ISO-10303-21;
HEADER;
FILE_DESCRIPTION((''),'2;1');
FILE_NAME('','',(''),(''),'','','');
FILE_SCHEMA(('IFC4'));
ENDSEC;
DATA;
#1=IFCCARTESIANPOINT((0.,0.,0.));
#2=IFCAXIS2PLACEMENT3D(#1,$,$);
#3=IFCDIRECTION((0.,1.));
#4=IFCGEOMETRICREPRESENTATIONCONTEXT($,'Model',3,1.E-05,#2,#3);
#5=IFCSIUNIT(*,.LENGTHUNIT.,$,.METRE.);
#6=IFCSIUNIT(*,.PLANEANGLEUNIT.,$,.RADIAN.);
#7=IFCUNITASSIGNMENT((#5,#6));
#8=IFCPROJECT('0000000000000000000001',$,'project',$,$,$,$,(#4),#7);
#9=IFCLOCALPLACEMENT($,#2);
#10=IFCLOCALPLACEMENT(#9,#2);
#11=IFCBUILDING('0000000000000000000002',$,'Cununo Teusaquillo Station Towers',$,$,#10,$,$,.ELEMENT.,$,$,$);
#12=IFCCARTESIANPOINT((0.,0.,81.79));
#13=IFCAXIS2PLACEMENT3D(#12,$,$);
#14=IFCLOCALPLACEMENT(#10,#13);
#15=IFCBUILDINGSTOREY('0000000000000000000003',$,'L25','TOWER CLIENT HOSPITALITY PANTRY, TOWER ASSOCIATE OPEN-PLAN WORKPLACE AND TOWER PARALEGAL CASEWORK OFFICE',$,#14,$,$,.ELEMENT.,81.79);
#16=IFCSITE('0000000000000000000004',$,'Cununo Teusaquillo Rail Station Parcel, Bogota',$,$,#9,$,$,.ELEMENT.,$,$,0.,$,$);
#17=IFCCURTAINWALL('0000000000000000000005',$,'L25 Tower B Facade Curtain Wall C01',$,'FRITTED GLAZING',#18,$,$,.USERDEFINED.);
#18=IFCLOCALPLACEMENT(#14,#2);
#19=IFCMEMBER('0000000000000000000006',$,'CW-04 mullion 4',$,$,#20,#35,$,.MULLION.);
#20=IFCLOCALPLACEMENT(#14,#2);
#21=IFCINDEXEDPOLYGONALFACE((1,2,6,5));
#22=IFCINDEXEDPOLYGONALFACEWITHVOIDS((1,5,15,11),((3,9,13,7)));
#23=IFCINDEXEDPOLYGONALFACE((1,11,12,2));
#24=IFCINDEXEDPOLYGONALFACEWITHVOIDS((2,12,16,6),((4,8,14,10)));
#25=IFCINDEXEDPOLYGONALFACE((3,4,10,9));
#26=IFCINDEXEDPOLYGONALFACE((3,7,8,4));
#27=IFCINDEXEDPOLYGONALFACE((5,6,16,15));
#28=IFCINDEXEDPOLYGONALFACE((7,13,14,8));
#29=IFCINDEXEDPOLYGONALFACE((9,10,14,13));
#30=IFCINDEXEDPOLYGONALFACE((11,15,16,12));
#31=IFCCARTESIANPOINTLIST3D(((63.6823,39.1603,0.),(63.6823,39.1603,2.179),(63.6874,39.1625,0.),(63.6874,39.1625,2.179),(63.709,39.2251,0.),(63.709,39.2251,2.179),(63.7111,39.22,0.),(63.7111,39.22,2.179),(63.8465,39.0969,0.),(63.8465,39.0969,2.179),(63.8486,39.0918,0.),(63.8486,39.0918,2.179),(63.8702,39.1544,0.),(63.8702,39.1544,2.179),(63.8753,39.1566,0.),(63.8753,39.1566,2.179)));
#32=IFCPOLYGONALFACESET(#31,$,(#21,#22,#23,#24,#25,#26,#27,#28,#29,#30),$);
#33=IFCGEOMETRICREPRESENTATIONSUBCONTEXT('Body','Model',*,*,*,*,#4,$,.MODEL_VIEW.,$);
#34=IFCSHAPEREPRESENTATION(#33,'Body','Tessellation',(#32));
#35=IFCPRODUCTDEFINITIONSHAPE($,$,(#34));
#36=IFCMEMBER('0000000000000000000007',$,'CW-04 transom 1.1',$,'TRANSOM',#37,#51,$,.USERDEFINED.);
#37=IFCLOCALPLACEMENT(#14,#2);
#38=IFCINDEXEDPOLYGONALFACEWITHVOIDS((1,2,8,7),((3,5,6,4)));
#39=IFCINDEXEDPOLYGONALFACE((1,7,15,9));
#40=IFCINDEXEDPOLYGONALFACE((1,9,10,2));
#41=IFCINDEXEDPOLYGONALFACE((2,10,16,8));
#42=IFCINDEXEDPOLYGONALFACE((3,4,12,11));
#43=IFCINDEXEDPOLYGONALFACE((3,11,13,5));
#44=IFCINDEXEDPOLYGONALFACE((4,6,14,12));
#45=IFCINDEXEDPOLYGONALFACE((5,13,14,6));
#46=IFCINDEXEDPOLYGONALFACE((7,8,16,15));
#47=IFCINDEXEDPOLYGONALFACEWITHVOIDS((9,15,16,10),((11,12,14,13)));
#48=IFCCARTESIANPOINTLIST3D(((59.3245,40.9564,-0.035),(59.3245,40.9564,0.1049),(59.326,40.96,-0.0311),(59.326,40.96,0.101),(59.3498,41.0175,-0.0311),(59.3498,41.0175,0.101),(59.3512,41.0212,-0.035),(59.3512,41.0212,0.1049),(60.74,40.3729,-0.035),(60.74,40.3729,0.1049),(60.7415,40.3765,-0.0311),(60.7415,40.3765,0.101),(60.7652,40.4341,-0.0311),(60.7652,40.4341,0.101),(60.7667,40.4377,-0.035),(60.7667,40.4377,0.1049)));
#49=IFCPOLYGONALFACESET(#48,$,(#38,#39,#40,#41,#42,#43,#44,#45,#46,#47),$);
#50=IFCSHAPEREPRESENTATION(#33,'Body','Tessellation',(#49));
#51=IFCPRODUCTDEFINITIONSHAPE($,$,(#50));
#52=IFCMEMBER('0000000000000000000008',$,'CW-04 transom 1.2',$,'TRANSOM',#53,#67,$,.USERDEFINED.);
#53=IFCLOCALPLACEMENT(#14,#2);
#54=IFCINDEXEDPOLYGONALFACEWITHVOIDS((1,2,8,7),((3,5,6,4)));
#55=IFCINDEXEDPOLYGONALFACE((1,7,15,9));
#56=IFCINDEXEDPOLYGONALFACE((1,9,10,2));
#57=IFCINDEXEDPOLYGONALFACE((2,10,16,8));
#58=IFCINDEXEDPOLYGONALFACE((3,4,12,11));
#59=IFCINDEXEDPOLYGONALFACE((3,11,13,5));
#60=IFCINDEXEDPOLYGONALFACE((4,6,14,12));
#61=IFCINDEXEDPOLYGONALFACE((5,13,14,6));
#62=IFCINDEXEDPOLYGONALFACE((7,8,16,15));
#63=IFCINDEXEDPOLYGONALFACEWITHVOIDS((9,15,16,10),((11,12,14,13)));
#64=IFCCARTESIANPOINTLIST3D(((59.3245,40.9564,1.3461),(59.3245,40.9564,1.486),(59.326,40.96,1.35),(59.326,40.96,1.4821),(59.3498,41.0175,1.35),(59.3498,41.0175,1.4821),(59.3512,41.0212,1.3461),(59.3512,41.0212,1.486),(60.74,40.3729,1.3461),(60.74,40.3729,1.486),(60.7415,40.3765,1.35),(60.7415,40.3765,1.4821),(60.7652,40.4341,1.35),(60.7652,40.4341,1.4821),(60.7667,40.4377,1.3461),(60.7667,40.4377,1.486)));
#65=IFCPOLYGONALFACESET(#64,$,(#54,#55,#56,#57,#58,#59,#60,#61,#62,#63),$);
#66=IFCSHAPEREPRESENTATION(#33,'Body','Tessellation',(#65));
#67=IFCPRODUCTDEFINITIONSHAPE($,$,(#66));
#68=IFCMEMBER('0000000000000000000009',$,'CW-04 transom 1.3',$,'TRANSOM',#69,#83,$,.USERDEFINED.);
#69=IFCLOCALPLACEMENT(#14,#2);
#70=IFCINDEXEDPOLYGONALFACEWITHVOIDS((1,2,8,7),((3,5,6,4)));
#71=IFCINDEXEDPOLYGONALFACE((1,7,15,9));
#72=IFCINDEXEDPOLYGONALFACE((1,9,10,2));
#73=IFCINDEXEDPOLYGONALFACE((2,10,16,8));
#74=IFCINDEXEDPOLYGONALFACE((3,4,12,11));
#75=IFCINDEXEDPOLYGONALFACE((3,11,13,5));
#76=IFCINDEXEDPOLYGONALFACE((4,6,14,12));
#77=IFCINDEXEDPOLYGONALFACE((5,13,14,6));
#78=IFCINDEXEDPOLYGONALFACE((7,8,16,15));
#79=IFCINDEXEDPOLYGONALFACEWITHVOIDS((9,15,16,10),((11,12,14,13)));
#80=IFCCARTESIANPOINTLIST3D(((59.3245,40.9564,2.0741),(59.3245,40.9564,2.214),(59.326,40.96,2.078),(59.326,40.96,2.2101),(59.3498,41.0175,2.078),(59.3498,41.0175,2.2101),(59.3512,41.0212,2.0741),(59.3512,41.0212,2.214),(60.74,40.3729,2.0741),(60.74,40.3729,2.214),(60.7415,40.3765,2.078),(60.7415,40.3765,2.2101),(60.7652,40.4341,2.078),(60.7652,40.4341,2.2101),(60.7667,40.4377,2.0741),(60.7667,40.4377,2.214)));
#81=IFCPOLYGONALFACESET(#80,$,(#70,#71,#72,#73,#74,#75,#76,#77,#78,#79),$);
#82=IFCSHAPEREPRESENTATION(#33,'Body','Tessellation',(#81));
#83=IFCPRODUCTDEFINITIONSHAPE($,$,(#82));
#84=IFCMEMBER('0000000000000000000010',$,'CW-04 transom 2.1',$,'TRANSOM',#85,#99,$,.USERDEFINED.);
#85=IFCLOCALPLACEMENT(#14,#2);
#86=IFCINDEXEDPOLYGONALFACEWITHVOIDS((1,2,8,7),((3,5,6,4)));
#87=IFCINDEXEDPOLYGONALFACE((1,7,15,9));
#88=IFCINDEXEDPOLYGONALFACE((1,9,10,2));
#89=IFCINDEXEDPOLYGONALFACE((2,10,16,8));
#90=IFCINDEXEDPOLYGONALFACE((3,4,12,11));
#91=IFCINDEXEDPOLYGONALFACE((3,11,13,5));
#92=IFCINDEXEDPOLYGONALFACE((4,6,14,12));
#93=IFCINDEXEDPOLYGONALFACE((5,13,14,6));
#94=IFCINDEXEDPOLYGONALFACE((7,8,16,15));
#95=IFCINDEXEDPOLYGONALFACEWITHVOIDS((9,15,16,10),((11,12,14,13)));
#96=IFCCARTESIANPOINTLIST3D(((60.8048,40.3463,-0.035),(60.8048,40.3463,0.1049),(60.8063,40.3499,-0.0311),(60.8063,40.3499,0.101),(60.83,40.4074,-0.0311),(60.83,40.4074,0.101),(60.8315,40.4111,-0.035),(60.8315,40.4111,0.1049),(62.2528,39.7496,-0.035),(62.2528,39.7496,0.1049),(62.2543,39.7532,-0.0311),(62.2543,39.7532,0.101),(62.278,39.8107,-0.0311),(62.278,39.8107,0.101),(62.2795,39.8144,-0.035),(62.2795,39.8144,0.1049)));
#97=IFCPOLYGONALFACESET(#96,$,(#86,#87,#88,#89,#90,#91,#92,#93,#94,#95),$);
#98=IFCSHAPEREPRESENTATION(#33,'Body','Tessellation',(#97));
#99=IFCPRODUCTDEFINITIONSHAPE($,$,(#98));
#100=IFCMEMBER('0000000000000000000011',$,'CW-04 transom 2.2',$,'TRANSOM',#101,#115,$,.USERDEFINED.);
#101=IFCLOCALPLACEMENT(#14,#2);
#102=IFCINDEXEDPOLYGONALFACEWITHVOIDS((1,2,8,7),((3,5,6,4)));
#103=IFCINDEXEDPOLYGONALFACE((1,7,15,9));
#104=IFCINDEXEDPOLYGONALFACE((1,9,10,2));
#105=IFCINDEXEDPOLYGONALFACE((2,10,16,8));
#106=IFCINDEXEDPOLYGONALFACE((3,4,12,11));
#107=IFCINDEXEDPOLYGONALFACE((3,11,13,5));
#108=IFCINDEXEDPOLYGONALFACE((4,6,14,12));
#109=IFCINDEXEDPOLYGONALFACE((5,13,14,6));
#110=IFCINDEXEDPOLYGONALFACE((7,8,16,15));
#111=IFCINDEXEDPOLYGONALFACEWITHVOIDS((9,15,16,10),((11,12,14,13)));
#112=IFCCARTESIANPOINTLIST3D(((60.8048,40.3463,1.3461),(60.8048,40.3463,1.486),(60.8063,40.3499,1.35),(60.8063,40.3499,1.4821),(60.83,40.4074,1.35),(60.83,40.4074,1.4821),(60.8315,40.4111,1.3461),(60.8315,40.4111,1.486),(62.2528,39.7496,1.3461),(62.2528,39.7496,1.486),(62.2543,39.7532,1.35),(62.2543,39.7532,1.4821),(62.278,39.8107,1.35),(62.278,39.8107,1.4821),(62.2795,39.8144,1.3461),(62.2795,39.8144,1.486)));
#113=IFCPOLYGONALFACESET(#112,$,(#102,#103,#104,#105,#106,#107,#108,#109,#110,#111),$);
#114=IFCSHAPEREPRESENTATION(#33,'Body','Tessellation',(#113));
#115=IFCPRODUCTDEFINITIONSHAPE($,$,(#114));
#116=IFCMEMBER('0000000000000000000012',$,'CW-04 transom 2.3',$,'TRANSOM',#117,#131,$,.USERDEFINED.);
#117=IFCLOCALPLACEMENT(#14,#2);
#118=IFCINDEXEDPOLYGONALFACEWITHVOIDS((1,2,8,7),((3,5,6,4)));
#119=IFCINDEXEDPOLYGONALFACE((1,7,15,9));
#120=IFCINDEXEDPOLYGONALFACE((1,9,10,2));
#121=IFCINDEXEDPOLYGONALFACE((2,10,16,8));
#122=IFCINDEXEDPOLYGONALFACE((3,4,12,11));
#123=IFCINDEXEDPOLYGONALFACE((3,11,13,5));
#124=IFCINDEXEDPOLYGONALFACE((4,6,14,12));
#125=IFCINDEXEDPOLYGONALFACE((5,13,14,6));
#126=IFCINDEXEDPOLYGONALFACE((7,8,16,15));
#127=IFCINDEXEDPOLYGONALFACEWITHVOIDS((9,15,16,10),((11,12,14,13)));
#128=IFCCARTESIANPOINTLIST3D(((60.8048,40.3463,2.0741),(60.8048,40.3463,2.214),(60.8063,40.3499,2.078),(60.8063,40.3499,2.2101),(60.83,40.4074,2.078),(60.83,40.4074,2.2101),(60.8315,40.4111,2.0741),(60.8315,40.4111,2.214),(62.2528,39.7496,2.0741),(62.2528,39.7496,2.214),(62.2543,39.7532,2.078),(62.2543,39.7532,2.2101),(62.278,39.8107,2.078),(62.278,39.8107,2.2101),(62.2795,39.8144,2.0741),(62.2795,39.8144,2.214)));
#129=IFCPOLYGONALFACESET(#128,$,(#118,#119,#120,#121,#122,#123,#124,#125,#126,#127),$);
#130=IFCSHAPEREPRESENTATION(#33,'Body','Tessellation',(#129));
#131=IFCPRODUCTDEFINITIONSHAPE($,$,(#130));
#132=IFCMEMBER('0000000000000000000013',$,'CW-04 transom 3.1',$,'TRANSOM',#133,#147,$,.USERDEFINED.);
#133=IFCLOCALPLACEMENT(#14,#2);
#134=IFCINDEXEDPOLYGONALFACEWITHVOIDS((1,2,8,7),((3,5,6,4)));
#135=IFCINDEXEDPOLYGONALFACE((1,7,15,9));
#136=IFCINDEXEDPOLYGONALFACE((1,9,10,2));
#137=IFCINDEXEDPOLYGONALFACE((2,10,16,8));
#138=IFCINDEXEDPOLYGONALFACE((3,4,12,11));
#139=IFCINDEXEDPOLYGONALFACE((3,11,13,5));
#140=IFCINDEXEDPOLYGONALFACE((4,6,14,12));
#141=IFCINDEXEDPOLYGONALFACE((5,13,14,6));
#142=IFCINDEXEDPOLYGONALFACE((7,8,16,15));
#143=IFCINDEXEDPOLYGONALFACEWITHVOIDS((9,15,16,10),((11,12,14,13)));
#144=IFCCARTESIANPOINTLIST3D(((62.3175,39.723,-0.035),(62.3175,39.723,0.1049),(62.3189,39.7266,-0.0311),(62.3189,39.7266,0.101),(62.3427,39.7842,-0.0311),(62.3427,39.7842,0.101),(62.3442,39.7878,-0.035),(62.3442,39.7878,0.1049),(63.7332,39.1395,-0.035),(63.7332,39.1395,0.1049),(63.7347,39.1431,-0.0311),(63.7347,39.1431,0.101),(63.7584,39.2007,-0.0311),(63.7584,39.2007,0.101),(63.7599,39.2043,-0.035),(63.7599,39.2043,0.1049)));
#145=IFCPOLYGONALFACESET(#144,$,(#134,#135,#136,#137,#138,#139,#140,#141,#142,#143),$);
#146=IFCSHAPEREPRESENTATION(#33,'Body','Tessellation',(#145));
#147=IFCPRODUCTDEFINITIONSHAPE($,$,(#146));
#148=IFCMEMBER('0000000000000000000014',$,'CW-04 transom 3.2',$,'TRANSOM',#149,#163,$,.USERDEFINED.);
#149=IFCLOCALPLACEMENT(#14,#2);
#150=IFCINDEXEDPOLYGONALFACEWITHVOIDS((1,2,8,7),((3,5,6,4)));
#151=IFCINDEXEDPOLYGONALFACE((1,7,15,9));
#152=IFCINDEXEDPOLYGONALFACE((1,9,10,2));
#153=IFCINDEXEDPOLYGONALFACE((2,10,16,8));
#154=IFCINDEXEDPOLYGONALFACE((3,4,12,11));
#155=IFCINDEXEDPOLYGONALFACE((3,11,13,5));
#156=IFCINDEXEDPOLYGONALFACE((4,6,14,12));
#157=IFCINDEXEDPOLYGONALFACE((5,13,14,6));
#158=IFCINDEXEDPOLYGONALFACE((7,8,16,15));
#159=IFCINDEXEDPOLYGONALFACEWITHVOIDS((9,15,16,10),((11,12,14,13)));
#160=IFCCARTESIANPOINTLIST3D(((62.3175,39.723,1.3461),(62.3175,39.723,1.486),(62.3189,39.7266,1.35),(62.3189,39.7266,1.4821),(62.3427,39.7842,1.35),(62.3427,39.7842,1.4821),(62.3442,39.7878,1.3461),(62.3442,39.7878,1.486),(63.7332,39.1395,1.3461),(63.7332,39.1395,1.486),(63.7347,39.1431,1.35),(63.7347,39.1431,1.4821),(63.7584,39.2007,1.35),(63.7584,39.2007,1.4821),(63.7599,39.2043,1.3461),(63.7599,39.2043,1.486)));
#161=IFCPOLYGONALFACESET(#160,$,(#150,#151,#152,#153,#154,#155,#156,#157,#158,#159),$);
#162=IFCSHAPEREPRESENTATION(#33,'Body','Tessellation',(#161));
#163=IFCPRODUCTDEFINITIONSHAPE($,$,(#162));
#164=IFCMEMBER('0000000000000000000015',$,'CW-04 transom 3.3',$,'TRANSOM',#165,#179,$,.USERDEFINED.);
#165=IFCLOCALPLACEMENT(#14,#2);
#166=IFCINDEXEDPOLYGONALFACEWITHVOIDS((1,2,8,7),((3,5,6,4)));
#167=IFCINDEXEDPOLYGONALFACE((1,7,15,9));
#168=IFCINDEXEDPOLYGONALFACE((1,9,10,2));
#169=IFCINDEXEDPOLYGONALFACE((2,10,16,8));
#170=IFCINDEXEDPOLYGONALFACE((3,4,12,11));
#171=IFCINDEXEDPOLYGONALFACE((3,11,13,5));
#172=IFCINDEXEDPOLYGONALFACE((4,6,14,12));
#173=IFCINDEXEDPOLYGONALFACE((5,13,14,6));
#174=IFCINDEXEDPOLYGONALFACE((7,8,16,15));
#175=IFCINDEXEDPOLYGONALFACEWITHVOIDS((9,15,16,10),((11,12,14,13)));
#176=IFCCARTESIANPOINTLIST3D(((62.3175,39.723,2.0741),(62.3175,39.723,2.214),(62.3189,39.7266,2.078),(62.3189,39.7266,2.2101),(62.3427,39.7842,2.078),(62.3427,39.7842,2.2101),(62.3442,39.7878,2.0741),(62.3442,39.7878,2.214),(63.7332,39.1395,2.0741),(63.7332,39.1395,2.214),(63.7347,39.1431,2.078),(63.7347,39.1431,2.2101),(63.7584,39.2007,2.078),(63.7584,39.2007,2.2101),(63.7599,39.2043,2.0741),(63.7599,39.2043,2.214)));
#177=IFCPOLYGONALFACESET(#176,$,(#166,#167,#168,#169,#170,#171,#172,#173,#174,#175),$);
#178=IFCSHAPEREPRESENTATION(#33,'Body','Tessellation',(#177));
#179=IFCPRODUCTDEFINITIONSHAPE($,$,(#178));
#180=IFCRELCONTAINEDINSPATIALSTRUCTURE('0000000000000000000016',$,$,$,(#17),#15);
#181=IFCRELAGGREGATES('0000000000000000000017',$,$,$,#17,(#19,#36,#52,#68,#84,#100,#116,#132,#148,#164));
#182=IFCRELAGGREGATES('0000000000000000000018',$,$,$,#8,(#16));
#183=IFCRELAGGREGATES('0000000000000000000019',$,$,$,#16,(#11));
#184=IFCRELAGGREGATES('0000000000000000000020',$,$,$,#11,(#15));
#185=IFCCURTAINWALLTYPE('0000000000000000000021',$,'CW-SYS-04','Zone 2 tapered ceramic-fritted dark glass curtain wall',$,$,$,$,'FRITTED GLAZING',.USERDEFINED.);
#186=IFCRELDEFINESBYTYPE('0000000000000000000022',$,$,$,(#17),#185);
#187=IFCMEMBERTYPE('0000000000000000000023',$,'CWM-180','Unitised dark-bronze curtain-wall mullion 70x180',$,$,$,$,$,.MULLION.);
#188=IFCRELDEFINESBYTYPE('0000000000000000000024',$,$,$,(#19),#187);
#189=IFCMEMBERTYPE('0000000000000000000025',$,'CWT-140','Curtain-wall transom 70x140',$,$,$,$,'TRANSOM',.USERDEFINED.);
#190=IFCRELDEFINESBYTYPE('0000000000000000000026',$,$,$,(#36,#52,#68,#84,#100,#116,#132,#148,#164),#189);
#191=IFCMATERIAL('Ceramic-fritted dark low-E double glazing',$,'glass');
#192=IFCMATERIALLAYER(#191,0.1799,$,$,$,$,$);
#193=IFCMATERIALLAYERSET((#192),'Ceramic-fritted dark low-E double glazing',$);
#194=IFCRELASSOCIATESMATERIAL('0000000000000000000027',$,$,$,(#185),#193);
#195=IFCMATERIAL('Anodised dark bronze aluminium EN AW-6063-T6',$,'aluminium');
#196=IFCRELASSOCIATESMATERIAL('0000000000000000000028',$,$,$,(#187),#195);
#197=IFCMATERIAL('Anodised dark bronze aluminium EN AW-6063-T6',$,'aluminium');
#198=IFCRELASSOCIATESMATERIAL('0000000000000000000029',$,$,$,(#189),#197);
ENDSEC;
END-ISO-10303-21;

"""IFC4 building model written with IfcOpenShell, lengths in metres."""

from ifc_helpers import new_model, si_unit, direction, frame, origin, origin_2d, place, context, subcontext, project, spatial, hollow_rectangle, extrude, material, layer, layer_set, material_profile, profile_set, type_object, element, aggregate, save


model = new_model("IFC4")

# Units and contexts
model_context = context("Model", 3, precision=1e-05, world=origin(), true_north=direction((0.0, 1.0)))
body_context = subcontext(model_context, "Body", "Model", "MODEL_VIEW")
ifc_project = project(units=[si_unit("LENGTHUNIT", "METRE"), si_unit("PLANEANGLEUNIT", "RADIAN")], contexts=[model_context])

# Site, building, storey
site_placement = place(None, origin())
site = spatial("IfcSite", under=ifc_project, at=site_placement, Name="Cununo Teusaquillo Rail Station Parcel, Bogota", CompositionType="ELEMENT", RefElevation=0.0)
building_placement = place(site_placement, origin())
building = spatial("IfcBuilding", under=site, at=building_placement, Name="Cununo Teusaquillo Station Towers", CompositionType="ELEMENT")
storey_placement = place(building_placement, frame((0.0, 0.0, 81.79)))
storey = spatial("IfcBuildingStorey", under=building, at=storey_placement, Name="L25", Description="TOWER CLIENT HOSPITALITY PANTRY, TOWER ASSOCIATE OPEN-PLAN WORKPLACE AND TOWER PARALEGAL CASEWORK OFFICE", CompositionType="ELEMENT", Elevation=81.79)

# Curtain wall, members
ifc_material_1 = material(Name="Ceramic-fritted dark low-E double glazing", Category="glass")
ifc_layer_1 = layer(ifc_material_1, 0.1799)
ifc_layer_set_1 = layer_set([ifc_layer_1], Name="Ceramic-fritted dark low-E double glazing")
curtain_wall_type = type_object("IfcCurtainWallType", Name="CW-SYS-04", Description="Zone 2 tapered ceramic-fritted dark glass curtain wall", ElementType="FRITTED GLAZING", PredefinedType="USERDEFINED", material=ifc_layer_set_1)
curtain_wall_placement = place(storey_placement, origin())
curtain_wall = element("IfcCurtainWall", 1, at=curtain_wall_placement, inside=storey, type_object=curtain_wall_type, Name="L25 Tower B Facade Curtain Wall C01", ObjectType="FRITTED GLAZING", PredefinedType="USERDEFINED")
ifc_material_2 = material(Name="Anodised dark bronze aluminium EN AW-6063-T6", Category="aluminium")
ifc_material_profile_1 = material_profile(ifc_material_2, hollow_rectangle(XDim=0.0701, YDim=0.1799, WallThickness=0.0039, at=origin_2d()), Name="CW-MULL-70x180")
ifc_profile_set_1 = profile_set([ifc_material_profile_1], Name="Anodised dark bronze aluminium EN AW-6063-T6")
member_type_1 = type_object("IfcMemberType", Name="CWM-180", Description="Unitised dark-bronze curtain-wall mullion 70x180", PredefinedType="MULLION", material=ifc_profile_set_1)
member_1_placement = place(storey_placement, frame((63.7788, 39.1584, 0.0), z_axis=(0.0, 0.0, 1.0), x_axis=(0.381031, 0.924562, 0.0)))
member_1 = element("IfcMember", 2, at=member_1_placement, type_object=member_type_1, Name="CW-04 mullion 4", PredefinedType="MULLION", context=body_context, shape_type="SweptSolid", body=[
    extrude(hollow_rectangle(XDim=0.0701, YDim=0.1799, WallThickness=0.0039, at=origin_2d()), origin(), (0.0, 0.0, 1.0), 2.179),
])
ifc_material_3 = material(Name="Anodised dark bronze aluminium EN AW-6063-T6", Category="aluminium")
ifc_material_profile_2 = material_profile(ifc_material_3, hollow_rectangle(XDim=0.0701, YDim=0.1399, WallThickness=0.0039, at=origin_2d()), Name="CW-TRAN-70x140")
ifc_profile_set_2 = profile_set([ifc_material_profile_2], Name="Anodised dark bronze aluminium EN AW-6063-T6")
member_type_2 = type_object("IfcMemberType", Name="CWT-140", Description="Curtain-wall transom 70x140", ElementType="TRANSOM", PredefinedType="USERDEFINED", material=ifc_profile_set_2)
member_2_placement = place(storey_placement, frame((59.3379, 40.9888, 0.0349), z_axis=(0.924533, -0.381103, 0.0), x_axis=(0.381103, 0.924533, 0.0)))
member_2 = element("IfcMember", 3, at=member_2_placement, type_object=member_type_2, Name="CW-04 transom 1.1", ObjectType="TRANSOM", PredefinedType="USERDEFINED", context=body_context, shape_type="SweptSolid", body=[
    extrude(hollow_rectangle(XDim=0.0701, YDim=0.1399, WallThickness=0.0039, at=origin_2d()), origin(), (0.0, 0.0, 1.0), 1.531),
])
member_3_placement = place(storey_placement, frame((59.3379, 40.9888, 1.416), z_axis=(0.924533, -0.381103, 0.0), x_axis=(0.381103, 0.924533, 0.0)))
member_3 = element("IfcMember", 4, at=member_3_placement, type_object=member_type_2, Name="CW-04 transom 1.2", ObjectType="TRANSOM", PredefinedType="USERDEFINED", context=body_context, shape_type="SweptSolid", body=[
    extrude(hollow_rectangle(XDim=0.0701, YDim=0.1399, WallThickness=0.0039, at=origin_2d()), origin(), (0.0, 0.0, 1.0), 1.531),
])
member_4_placement = place(storey_placement, frame((59.3379, 40.9888, 2.144), z_axis=(0.924533, -0.381103, 0.0), x_axis=(0.381103, 0.924533, 0.0)))
member_4 = element("IfcMember", 5, at=member_4_placement, type_object=member_type_2, Name="CW-04 transom 1.3", ObjectType="TRANSOM", PredefinedType="USERDEFINED", context=body_context, shape_type="SweptSolid", body=[
    extrude(hollow_rectangle(XDim=0.0701, YDim=0.1399, WallThickness=0.0039, at=origin_2d()), origin(), (0.0, 0.0, 1.0), 1.531),
])
member_5_placement = place(storey_placement, frame((60.8181, 40.3787, 0.0349), z_axis=(0.924578, -0.380993, 0.0), x_axis=(0.380993, 0.924578, 0.0)))
member_5 = element("IfcMember", 6, at=member_5_placement, type_object=member_type_2, Name="CW-04 transom 2.1", ObjectType="TRANSOM", PredefinedType="USERDEFINED", context=body_context, shape_type="SweptSolid", body=[
    extrude(hollow_rectangle(XDim=0.0701, YDim=0.1399, WallThickness=0.0039, at=origin_2d()), origin(), (0.0, 0.0, 1.0), 1.5662),
])
member_6_placement = place(storey_placement, frame((60.8181, 40.3787, 1.416), z_axis=(0.924578, -0.380993, 0.0), x_axis=(0.380993, 0.924578, 0.0)))
member_6 = element("IfcMember", 7, at=member_6_placement, type_object=member_type_2, Name="CW-04 transom 2.2", ObjectType="TRANSOM", PredefinedType="USERDEFINED", context=body_context, shape_type="SweptSolid", body=[
    extrude(hollow_rectangle(XDim=0.0701, YDim=0.1399, WallThickness=0.0039, at=origin_2d()), origin(), (0.0, 0.0, 1.0), 1.5662),
])
member_7_placement = place(storey_placement, frame((60.8181, 40.3787, 2.144), z_axis=(0.924578, -0.380993, 0.0), x_axis=(0.380993, 0.924578, 0.0)))
member_7 = element("IfcMember", 8, at=member_7_placement, type_object=member_type_2, Name="CW-04 transom 2.3", ObjectType="TRANSOM", PredefinedType="USERDEFINED", context=body_context, shape_type="SweptSolid", body=[
    extrude(hollow_rectangle(XDim=0.0701, YDim=0.1399, WallThickness=0.0039, at=origin_2d()), origin(), (0.0, 0.0, 1.0), 1.5662),
])
member_8_placement = place(storey_placement, frame((62.3308, 39.7554, 0.0349), z_axis=(0.924556, -0.381046, 0.0), x_axis=(0.381046, 0.924556, 0.0)))
member_8 = element("IfcMember", 9, at=member_8_placement, type_object=member_type_2, Name="CW-04 transom 3.1", ObjectType="TRANSOM", PredefinedType="USERDEFINED", context=body_context, shape_type="SweptSolid", body=[
    extrude(hollow_rectangle(XDim=0.0701, YDim=0.1399, WallThickness=0.0039, at=origin_2d()), origin(), (0.0, 0.0, 1.0), 1.5312),
])
member_9_placement = place(storey_placement, frame((62.3308, 39.7554, 1.416), z_axis=(0.924556, -0.381046, 0.0), x_axis=(0.381046, 0.924556, 0.0)))
member_9 = element("IfcMember", 10, at=member_9_placement, type_object=member_type_2, Name="CW-04 transom 3.2", ObjectType="TRANSOM", PredefinedType="USERDEFINED", context=body_context, shape_type="SweptSolid", body=[
    extrude(hollow_rectangle(XDim=0.0701, YDim=0.1399, WallThickness=0.0039, at=origin_2d()), origin(), (0.0, 0.0, 1.0), 1.5312),
])
member_10_placement = place(storey_placement, frame((62.3308, 39.7554, 2.144), z_axis=(0.924556, -0.381046, 0.0), x_axis=(0.381046, 0.924556, 0.0)))
member_10 = element("IfcMember", 11, at=member_10_placement, type_object=member_type_2, Name="CW-04 transom 3.3", ObjectType="TRANSOM", PredefinedType="USERDEFINED", context=body_context, shape_type="SweptSolid", body=[
    extrude(hollow_rectangle(XDim=0.0701, YDim=0.1399, WallThickness=0.0039, at=origin_2d()), origin(), (0.0, 0.0, 1.0), 1.5312),
])

aggregate(curtain_wall, [member_1, member_2, member_3, member_4, member_5, member_6, member_7, member_8, member_9, member_10])

save(model, "model.ifc")
